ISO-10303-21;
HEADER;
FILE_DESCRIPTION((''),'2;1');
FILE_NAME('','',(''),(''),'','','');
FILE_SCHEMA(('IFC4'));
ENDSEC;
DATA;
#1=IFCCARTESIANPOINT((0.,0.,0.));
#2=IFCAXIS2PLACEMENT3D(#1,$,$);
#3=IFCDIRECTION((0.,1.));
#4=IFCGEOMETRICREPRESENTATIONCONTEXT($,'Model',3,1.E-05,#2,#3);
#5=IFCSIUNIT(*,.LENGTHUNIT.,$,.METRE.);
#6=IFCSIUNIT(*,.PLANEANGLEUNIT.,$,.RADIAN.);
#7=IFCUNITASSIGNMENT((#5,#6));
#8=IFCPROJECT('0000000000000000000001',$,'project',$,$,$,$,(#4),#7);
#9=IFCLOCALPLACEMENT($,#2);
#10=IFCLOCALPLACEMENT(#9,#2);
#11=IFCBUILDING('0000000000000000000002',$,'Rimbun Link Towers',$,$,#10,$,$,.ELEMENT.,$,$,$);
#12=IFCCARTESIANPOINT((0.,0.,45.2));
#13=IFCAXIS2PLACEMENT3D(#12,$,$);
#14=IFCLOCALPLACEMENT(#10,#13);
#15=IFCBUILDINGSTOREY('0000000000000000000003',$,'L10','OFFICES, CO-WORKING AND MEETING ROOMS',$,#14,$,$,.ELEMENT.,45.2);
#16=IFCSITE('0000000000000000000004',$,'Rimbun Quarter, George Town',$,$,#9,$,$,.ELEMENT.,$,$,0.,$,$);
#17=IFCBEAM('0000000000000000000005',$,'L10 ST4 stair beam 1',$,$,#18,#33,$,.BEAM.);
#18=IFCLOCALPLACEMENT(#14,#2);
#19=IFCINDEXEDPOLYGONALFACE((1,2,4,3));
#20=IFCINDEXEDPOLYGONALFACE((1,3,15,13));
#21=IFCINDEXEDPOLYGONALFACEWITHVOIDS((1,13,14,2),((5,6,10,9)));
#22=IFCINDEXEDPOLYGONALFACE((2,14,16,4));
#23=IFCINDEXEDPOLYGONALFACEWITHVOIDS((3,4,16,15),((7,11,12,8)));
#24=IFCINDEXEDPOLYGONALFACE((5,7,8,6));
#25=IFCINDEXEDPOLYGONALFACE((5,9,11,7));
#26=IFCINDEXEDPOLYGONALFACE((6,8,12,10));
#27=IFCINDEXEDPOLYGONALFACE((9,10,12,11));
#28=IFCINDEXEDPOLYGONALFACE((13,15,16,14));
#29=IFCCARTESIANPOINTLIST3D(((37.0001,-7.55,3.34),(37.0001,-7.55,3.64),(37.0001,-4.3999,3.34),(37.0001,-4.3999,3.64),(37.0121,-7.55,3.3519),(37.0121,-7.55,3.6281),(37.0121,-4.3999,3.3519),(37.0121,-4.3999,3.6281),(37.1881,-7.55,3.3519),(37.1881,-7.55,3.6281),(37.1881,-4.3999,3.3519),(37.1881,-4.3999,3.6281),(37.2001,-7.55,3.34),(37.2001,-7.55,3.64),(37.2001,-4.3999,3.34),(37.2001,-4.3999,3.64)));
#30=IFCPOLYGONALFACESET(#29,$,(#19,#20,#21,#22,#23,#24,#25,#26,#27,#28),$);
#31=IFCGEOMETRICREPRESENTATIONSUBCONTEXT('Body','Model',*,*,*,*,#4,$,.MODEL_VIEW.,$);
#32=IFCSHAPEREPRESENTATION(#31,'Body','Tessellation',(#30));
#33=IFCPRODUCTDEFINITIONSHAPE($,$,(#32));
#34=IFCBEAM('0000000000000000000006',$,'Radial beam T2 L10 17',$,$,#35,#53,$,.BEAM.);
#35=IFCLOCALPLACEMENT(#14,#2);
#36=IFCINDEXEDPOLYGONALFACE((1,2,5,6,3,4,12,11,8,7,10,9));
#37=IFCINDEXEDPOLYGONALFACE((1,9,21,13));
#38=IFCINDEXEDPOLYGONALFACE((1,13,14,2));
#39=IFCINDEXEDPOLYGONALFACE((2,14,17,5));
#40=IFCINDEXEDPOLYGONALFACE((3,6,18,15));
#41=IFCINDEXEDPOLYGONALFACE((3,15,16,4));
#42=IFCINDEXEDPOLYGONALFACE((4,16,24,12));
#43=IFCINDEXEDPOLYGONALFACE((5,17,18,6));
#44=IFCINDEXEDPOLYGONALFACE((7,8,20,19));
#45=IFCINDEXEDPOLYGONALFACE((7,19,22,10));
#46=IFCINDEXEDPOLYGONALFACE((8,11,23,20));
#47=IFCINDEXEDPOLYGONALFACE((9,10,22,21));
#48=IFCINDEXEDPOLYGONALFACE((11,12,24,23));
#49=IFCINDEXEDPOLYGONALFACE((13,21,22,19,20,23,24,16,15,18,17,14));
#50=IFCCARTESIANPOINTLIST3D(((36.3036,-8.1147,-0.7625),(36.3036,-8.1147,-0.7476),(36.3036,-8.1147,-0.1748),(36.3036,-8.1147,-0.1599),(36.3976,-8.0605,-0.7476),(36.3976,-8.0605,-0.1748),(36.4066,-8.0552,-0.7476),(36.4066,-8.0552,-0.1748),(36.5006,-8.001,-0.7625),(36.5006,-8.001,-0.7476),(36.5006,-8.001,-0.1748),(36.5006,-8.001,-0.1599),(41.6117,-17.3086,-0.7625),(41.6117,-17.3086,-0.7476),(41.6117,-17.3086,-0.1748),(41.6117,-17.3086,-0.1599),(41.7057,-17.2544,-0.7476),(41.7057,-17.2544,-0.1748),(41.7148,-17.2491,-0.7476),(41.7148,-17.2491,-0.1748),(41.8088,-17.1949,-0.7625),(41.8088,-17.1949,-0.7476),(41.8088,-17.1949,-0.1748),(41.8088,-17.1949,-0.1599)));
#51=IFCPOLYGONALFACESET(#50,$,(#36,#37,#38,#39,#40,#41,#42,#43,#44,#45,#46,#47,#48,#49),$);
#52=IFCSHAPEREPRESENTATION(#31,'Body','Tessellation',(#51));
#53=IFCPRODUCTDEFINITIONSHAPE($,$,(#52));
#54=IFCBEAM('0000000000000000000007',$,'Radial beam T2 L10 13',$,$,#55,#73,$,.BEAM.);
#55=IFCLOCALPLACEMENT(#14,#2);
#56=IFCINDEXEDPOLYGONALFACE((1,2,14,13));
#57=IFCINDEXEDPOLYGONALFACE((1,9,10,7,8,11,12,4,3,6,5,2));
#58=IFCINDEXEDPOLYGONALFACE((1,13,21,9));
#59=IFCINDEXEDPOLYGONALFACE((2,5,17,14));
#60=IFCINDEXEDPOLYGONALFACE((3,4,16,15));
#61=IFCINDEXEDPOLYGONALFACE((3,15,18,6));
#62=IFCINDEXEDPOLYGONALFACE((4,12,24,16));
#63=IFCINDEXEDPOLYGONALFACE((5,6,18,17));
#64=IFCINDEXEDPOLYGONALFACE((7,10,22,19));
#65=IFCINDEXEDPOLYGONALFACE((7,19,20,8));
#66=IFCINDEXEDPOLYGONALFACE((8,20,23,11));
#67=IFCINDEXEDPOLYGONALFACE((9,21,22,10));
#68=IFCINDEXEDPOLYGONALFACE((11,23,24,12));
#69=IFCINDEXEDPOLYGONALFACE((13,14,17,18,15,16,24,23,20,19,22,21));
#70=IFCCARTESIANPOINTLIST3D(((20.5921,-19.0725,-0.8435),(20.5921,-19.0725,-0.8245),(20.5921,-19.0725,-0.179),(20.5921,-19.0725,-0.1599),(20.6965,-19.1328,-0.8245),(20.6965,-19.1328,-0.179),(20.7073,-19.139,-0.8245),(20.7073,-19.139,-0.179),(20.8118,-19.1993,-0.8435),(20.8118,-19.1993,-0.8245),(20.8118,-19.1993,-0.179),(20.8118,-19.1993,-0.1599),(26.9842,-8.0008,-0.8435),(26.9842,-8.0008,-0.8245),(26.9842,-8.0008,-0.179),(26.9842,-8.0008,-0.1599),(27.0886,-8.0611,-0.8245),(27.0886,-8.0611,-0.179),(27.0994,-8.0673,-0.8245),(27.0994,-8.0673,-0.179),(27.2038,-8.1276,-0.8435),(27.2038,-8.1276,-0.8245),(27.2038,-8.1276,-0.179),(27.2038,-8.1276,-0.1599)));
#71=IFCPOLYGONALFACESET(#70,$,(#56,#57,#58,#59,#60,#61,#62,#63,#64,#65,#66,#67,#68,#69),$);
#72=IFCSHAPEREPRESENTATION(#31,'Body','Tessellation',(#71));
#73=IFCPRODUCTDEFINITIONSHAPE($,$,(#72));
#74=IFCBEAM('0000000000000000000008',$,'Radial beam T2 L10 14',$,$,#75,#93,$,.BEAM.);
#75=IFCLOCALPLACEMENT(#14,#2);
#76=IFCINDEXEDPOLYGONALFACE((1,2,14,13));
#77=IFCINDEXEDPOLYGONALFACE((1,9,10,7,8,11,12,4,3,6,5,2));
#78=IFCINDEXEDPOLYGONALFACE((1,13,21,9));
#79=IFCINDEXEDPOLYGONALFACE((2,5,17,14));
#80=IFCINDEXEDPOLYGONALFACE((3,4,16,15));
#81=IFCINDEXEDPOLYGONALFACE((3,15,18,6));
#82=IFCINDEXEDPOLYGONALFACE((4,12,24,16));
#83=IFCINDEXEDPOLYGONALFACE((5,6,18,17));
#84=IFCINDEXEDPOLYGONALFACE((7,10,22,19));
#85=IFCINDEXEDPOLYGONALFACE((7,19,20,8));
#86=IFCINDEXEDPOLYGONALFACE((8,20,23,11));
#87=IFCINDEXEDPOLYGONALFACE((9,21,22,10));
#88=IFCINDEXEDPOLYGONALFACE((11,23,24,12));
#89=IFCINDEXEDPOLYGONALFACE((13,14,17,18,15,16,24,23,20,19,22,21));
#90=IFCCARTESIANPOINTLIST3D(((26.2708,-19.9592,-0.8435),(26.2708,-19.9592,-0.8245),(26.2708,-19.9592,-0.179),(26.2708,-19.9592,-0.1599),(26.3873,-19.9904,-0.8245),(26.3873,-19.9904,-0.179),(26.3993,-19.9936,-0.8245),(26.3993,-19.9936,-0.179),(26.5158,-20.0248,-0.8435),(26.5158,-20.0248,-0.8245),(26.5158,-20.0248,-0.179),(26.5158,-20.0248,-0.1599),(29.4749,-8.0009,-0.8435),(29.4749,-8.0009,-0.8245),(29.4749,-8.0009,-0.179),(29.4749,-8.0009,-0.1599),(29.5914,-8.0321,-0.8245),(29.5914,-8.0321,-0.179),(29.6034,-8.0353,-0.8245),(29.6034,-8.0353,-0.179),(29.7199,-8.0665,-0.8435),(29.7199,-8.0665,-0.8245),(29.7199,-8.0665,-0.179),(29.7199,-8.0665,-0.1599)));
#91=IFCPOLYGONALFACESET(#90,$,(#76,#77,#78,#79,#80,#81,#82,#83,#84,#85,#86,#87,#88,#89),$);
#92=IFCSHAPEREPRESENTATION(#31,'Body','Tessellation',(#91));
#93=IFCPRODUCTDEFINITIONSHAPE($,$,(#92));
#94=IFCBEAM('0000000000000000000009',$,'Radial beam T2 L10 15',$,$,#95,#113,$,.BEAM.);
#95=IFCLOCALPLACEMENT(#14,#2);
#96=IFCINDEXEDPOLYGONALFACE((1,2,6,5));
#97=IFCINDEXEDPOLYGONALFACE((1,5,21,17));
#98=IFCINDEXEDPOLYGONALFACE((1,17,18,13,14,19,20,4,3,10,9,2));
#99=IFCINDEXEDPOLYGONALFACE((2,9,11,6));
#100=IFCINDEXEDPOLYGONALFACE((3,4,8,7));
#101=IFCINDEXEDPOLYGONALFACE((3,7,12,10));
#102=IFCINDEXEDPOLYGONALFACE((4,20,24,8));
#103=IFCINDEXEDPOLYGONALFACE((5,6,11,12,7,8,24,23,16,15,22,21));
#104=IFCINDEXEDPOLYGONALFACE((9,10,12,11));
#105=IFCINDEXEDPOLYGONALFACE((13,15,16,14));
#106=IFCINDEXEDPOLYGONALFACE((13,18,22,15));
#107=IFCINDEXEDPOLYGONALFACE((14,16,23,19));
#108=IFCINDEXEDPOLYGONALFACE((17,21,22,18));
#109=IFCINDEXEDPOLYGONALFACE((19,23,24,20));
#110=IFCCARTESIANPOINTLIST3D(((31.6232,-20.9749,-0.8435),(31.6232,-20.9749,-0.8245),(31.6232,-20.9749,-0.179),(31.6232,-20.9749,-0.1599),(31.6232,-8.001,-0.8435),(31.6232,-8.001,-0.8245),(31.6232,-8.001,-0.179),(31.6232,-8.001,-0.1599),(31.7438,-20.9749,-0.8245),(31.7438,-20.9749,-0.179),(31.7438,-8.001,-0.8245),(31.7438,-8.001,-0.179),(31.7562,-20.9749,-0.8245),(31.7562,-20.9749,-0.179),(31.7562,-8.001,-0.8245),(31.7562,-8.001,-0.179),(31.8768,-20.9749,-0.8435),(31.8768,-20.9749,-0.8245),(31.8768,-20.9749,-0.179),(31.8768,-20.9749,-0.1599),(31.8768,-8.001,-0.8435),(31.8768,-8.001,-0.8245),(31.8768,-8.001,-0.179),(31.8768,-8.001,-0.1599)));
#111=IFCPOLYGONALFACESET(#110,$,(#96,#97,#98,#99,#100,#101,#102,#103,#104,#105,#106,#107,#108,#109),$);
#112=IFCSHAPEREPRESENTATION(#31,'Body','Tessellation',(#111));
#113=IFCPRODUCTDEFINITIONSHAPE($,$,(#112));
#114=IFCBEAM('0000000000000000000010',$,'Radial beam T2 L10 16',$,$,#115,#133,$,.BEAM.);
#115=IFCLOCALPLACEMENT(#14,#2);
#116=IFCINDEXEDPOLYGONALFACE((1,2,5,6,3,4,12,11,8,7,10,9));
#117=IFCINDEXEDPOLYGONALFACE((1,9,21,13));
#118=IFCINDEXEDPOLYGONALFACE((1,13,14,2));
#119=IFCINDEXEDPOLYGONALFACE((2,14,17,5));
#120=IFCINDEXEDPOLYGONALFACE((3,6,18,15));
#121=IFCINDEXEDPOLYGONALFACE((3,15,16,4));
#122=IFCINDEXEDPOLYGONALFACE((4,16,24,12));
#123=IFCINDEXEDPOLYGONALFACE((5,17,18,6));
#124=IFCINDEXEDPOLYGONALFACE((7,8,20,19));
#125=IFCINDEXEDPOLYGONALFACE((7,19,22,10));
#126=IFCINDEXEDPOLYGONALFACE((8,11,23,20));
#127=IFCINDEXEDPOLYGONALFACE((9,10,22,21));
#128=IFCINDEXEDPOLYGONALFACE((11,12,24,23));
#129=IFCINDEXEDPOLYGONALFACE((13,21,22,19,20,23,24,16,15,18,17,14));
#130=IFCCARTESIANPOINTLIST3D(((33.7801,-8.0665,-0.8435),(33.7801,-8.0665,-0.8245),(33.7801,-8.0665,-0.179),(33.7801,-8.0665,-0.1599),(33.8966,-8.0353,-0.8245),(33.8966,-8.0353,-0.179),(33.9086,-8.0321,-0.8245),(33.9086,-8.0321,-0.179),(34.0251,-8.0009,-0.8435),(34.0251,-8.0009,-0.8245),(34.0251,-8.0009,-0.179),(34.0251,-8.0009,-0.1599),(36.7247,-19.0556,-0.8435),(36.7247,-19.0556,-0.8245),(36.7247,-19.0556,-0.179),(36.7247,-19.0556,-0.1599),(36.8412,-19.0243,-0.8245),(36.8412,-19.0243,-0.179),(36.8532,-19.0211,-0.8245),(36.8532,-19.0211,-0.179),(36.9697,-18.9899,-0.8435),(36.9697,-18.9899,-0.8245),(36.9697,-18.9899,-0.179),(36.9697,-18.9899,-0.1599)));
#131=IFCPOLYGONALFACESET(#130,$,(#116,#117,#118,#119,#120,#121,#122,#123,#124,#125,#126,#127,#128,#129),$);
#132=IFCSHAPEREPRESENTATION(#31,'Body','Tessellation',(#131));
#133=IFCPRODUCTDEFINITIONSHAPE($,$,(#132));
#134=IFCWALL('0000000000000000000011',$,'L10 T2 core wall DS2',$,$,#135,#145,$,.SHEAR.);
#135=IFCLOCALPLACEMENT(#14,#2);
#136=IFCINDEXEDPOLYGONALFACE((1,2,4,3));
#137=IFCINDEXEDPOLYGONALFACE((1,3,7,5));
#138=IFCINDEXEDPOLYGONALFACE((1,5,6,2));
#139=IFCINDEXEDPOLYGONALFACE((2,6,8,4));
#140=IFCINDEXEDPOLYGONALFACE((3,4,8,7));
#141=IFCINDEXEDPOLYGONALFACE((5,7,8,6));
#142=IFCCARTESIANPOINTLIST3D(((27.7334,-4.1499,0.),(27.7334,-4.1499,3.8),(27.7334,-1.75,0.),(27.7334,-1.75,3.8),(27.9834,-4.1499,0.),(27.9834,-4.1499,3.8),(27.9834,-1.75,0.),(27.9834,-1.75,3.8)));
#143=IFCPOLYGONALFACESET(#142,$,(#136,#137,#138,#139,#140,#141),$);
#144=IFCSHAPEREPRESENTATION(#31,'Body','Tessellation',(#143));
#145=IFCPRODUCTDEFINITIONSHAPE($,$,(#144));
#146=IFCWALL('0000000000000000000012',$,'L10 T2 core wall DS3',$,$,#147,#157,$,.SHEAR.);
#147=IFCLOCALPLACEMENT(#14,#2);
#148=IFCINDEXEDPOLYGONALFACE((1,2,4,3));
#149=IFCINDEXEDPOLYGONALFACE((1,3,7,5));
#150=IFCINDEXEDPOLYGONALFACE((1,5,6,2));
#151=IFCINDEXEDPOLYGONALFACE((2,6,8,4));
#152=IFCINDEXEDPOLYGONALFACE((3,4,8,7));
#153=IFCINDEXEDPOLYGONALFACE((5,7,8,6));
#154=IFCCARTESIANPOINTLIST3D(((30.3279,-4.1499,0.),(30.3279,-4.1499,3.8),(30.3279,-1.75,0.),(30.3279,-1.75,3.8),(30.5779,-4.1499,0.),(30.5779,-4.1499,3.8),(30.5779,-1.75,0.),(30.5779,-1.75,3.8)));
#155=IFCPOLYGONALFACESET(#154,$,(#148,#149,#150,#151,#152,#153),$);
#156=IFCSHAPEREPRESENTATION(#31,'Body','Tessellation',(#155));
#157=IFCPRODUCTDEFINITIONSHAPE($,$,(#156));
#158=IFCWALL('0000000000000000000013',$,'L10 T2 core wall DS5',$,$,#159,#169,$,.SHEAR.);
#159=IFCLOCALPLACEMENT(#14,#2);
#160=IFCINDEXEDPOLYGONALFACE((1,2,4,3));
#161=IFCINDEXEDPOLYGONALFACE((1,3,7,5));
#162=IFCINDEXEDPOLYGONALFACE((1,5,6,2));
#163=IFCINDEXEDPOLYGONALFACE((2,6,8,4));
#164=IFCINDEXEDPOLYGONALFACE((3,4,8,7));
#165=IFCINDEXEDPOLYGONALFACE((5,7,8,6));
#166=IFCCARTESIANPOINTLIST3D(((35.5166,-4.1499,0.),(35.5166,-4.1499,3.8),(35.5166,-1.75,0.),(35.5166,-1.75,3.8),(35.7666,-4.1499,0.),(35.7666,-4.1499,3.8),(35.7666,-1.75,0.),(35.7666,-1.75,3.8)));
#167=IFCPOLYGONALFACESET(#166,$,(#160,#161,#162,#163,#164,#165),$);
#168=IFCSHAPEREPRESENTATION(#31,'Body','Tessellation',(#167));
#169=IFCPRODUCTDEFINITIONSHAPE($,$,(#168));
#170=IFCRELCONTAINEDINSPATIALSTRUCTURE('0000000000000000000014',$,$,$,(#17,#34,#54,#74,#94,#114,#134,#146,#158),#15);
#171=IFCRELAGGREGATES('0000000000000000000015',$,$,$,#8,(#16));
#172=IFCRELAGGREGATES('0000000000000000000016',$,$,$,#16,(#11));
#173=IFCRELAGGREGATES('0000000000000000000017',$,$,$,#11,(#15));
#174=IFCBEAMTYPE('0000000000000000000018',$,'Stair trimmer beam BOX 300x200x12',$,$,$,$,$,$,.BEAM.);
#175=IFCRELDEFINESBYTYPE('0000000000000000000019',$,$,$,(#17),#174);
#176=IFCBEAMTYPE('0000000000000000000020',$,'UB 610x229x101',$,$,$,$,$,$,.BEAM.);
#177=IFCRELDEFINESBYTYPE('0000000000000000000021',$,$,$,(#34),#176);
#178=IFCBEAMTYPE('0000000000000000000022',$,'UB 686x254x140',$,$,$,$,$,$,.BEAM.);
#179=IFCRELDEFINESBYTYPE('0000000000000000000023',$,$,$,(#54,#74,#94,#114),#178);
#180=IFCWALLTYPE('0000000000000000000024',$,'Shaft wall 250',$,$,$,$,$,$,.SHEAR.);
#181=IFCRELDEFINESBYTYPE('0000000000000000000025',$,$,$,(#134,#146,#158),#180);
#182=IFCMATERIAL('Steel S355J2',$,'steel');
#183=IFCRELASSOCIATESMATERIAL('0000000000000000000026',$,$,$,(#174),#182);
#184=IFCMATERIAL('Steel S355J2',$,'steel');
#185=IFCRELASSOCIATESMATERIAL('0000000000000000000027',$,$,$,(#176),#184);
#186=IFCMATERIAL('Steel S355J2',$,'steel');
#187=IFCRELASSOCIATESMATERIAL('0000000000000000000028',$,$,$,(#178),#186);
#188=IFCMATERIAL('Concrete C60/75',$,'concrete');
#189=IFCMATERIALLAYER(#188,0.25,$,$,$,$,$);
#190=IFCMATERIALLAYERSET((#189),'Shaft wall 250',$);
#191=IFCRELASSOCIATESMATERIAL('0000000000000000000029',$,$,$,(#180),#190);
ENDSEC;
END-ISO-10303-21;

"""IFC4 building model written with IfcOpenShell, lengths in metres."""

from ifc_helpers import new_model, si_unit, direction, frame, frame_2d, origin, origin_2d, place, context, subcontext, project, spatial, rectangle, hollow_rectangle, i_section, extrude, material, layer, layer_set, material_profile, profile_set, type_object, element, save


model = new_model("IFC4")

# Units and contexts
model_context = context("Model", 3, precision=1e-05, world=origin(), true_north=direction((0.0, 1.0)))
body_context = subcontext(model_context, "Body", "Model", "MODEL_VIEW")
ifc_project = project(units=[si_unit("LENGTHUNIT", "METRE"), si_unit("PLANEANGLEUNIT", "RADIAN")], contexts=[model_context])

# Site, building, storey
site_placement = place(None, origin())
site = spatial("IfcSite", under=ifc_project, at=site_placement, Name="Rimbun Quarter, George Town", CompositionType="ELEMENT", RefElevation=0.0)
building_placement = place(site_placement, origin())
building = spatial("IfcBuilding", under=site, at=building_placement, Name="Rimbun Link Towers", CompositionType="ELEMENT")
storey_placement = place(building_placement, frame((0.0, 0.0, 45.2)))
storey = spatial("IfcBuildingStorey", under=building, at=storey_placement, Name="L10", Description="OFFICES, CO-WORKING AND MEETING ROOMS", CompositionType="ELEMENT", Elevation=45.2)

# Beams
ifc_material_1 = material(Name="Steel S355J2", Category="steel")
ifc_material_profile_1 = material_profile(ifc_material_1, hollow_rectangle(XDim=0.2, YDim=0.3, WallThickness=0.012, at=origin_2d()), Name="BOX 300x200x12")
ifc_profile_set_1 = profile_set([ifc_material_profile_1], Name="Steel S355J2")
beam_type_1 = type_object("IfcBeamType", Name="Stair trimmer beam BOX 300x200x12", PredefinedType="BEAM", material=ifc_profile_set_1)
beam_1_placement = place(storey_placement, frame((37.1001, -7.55, 3.49), z_axis=(0.0, 1.0, 0.0), x_axis=(-1.0, 0.0, 0.0)))
element("IfcBeam", 1, at=beam_1_placement, inside=storey, type_object=beam_type_1, Name="L10 ST4 stair beam 1", PredefinedType="BEAM", context=body_context, shape_type="SweptSolid", body=[
    extrude(hollow_rectangle(XDim=0.2, YDim=0.3, WallThickness=0.012, at=origin_2d()), origin(), (0.0, 0.0, 1.0), 3.1501),
])
ifc_material_2 = material(Name="Steel S355J2", Category="steel")
ifc_material_profile_2 = material_profile(ifc_material_2, i_section(OverallWidth=0.2275, OverallDepth=0.6025, WebThickness=0.0105, FlangeThickness=0.0149, at=origin_2d()), Name="UB 610x229x101")
ifc_profile_set_2 = profile_set([ifc_material_profile_2], Name="Steel S355J2")
beam_type_2 = type_object("IfcBeamType", Name="UB 610x229x101", PredefinedType="BEAM", material=ifc_profile_set_2)
beam_2_placement = place(storey_placement, frame((36.4021, -8.0579, -0.4612), z_axis=(0.500002, -0.866024, 0.0), x_axis=(0.866024, 0.500002, 0.0)))
element("IfcBeam", 2, at=beam_2_placement, inside=storey, type_object=beam_type_2, Name="Radial beam T2 L10 17", PredefinedType="BEAM", context=body_context, shape_type="SweptSolid", body=[
    extrude(i_section(OverallWidth=0.2275, OverallDepth=0.6025, WebThickness=0.0105, FlangeThickness=0.0149, at=origin_2d()), origin(), (0.0, 0.0, 1.0), 10.6162),
])
ifc_material_3 = material(Name="Steel S355J2", Category="steel")
ifc_material_profile_3 = material_profile(ifc_material_3, i_section(OverallWidth=0.2537, OverallDepth=0.6836, WebThickness=0.0125, FlangeThickness=0.019, at=origin_2d()), Name="UB 686x254x140")
ifc_profile_set_3 = profile_set([ifc_material_profile_3], Name="Steel S355J2")
beam_type_3 = type_object("IfcBeamType", Name="UB 686x254x140", PredefinedType="BEAM", material=ifc_profile_set_3)
beam_3_placement = place(storey_placement, frame((27.094, -8.0642, -0.5017), z_axis=(-0.499988, -0.866032, 0.0), x_axis=(0.866032, -0.499988, 0.0)))
element("IfcBeam", 3, at=beam_3_placement, inside=storey, type_object=beam_type_3, Name="Radial beam T2 L10 13", PredefinedType="BEAM", context=body_context, shape_type="SweptSolid", body=[
    extrude(i_section(OverallWidth=0.2537, OverallDepth=0.6836, WebThickness=0.0125, FlangeThickness=0.019, at=origin_2d()), origin(), (0.0, 0.0, 1.0), 12.7844),
])
beam_4_placement = place(storey_placement, frame((29.5974, -8.0337, -0.5017), z_axis=(-0.258811, -0.965928, 0.0), x_axis=(0.965928, -0.258811, 0.0)))
element("IfcBeam", 4, at=beam_4_placement, inside=storey, type_object=beam_type_3, Name="Radial beam T2 L10 14", PredefinedType="BEAM", context=body_context, shape_type="SweptSolid", body=[
    extrude(i_section(OverallWidth=0.2537, OverallDepth=0.6836, WebThickness=0.0125, FlangeThickness=0.019, at=origin_2d()), origin(), (0.0, 0.0, 1.0), 12.3801),
])
beam_5_placement = place(storey_placement, frame((31.75, -8.001, -0.5017), z_axis=(0.0, -1.0, 0.0), x_axis=(1.0, 0.0, 0.0)))
element("IfcBeam", 5, at=beam_5_placement, inside=storey, type_object=beam_type_3, Name="Radial beam T2 L10 15", PredefinedType="BEAM", context=body_context, shape_type="SweptSolid", body=[
    extrude(i_section(OverallWidth=0.2537, OverallDepth=0.6836, WebThickness=0.0125, FlangeThickness=0.019, at=origin_2d()), origin(), (0.0, 0.0, 1.0), 12.9739),
])
beam_6_placement = place(storey_placement, frame((33.9026, -8.0337, -0.5017), z_axis=(0.258826, -0.965924, 0.0), x_axis=(0.965924, 0.258826, 0.0)))
element("IfcBeam", 6, at=beam_6_placement, inside=storey, type_object=beam_type_3, Name="Radial beam T2 L10 16", PredefinedType="BEAM", context=body_context, shape_type="SweptSolid", body=[
    extrude(i_section(OverallWidth=0.2537, OverallDepth=0.6836, WebThickness=0.0125, FlangeThickness=0.019, at=origin_2d()), origin(), (0.0, 0.0, 1.0), 11.3767),
])

# Walls
ifc_material_4 = material(Name="Concrete C60/75", Category="concrete")
ifc_layer = layer(ifc_material_4, 0.25)
ifc_layer_set = layer_set([ifc_layer], Name="Shaft wall 250")
wall_type = type_object("IfcWallType", Name="Shaft wall 250", PredefinedType="SHEAR", material=ifc_layer_set)
for number, where, z_axis, x_axis, name in (
    (7, (27.8584, -4.1499, 0.0), (0.0, 0.0, 1.0), (0.0, 1.0, 0.0), "L10 T2 core wall DS2"),
    (8, (30.4529, -4.1499, 0.0), (0.0, 0.0, 1.0), (0.0, 1.0, 0.0), "L10 T2 core wall DS3"),
    (9, (35.6416, -4.1499, 0.0), (0.0, 0.0, 1.0), (0.0, 1.0, 0.0), "L10 T2 core wall DS5"),
):
    element("IfcWall", number, at=place(storey_placement, frame(where, z_axis=z_axis, x_axis=x_axis)), inside=storey, type_object=wall_type, Name=name, PredefinedType="SHEAR", context=body_context, shape_type="SweptSolid", body=[
        extrude(rectangle(XDim=2.3999, YDim=0.25, at=frame_2d((1.2, 0.0))), origin(), (0.0, 0.0, 1.0), 3.8),
    ])

save(model, "model.ifc")
